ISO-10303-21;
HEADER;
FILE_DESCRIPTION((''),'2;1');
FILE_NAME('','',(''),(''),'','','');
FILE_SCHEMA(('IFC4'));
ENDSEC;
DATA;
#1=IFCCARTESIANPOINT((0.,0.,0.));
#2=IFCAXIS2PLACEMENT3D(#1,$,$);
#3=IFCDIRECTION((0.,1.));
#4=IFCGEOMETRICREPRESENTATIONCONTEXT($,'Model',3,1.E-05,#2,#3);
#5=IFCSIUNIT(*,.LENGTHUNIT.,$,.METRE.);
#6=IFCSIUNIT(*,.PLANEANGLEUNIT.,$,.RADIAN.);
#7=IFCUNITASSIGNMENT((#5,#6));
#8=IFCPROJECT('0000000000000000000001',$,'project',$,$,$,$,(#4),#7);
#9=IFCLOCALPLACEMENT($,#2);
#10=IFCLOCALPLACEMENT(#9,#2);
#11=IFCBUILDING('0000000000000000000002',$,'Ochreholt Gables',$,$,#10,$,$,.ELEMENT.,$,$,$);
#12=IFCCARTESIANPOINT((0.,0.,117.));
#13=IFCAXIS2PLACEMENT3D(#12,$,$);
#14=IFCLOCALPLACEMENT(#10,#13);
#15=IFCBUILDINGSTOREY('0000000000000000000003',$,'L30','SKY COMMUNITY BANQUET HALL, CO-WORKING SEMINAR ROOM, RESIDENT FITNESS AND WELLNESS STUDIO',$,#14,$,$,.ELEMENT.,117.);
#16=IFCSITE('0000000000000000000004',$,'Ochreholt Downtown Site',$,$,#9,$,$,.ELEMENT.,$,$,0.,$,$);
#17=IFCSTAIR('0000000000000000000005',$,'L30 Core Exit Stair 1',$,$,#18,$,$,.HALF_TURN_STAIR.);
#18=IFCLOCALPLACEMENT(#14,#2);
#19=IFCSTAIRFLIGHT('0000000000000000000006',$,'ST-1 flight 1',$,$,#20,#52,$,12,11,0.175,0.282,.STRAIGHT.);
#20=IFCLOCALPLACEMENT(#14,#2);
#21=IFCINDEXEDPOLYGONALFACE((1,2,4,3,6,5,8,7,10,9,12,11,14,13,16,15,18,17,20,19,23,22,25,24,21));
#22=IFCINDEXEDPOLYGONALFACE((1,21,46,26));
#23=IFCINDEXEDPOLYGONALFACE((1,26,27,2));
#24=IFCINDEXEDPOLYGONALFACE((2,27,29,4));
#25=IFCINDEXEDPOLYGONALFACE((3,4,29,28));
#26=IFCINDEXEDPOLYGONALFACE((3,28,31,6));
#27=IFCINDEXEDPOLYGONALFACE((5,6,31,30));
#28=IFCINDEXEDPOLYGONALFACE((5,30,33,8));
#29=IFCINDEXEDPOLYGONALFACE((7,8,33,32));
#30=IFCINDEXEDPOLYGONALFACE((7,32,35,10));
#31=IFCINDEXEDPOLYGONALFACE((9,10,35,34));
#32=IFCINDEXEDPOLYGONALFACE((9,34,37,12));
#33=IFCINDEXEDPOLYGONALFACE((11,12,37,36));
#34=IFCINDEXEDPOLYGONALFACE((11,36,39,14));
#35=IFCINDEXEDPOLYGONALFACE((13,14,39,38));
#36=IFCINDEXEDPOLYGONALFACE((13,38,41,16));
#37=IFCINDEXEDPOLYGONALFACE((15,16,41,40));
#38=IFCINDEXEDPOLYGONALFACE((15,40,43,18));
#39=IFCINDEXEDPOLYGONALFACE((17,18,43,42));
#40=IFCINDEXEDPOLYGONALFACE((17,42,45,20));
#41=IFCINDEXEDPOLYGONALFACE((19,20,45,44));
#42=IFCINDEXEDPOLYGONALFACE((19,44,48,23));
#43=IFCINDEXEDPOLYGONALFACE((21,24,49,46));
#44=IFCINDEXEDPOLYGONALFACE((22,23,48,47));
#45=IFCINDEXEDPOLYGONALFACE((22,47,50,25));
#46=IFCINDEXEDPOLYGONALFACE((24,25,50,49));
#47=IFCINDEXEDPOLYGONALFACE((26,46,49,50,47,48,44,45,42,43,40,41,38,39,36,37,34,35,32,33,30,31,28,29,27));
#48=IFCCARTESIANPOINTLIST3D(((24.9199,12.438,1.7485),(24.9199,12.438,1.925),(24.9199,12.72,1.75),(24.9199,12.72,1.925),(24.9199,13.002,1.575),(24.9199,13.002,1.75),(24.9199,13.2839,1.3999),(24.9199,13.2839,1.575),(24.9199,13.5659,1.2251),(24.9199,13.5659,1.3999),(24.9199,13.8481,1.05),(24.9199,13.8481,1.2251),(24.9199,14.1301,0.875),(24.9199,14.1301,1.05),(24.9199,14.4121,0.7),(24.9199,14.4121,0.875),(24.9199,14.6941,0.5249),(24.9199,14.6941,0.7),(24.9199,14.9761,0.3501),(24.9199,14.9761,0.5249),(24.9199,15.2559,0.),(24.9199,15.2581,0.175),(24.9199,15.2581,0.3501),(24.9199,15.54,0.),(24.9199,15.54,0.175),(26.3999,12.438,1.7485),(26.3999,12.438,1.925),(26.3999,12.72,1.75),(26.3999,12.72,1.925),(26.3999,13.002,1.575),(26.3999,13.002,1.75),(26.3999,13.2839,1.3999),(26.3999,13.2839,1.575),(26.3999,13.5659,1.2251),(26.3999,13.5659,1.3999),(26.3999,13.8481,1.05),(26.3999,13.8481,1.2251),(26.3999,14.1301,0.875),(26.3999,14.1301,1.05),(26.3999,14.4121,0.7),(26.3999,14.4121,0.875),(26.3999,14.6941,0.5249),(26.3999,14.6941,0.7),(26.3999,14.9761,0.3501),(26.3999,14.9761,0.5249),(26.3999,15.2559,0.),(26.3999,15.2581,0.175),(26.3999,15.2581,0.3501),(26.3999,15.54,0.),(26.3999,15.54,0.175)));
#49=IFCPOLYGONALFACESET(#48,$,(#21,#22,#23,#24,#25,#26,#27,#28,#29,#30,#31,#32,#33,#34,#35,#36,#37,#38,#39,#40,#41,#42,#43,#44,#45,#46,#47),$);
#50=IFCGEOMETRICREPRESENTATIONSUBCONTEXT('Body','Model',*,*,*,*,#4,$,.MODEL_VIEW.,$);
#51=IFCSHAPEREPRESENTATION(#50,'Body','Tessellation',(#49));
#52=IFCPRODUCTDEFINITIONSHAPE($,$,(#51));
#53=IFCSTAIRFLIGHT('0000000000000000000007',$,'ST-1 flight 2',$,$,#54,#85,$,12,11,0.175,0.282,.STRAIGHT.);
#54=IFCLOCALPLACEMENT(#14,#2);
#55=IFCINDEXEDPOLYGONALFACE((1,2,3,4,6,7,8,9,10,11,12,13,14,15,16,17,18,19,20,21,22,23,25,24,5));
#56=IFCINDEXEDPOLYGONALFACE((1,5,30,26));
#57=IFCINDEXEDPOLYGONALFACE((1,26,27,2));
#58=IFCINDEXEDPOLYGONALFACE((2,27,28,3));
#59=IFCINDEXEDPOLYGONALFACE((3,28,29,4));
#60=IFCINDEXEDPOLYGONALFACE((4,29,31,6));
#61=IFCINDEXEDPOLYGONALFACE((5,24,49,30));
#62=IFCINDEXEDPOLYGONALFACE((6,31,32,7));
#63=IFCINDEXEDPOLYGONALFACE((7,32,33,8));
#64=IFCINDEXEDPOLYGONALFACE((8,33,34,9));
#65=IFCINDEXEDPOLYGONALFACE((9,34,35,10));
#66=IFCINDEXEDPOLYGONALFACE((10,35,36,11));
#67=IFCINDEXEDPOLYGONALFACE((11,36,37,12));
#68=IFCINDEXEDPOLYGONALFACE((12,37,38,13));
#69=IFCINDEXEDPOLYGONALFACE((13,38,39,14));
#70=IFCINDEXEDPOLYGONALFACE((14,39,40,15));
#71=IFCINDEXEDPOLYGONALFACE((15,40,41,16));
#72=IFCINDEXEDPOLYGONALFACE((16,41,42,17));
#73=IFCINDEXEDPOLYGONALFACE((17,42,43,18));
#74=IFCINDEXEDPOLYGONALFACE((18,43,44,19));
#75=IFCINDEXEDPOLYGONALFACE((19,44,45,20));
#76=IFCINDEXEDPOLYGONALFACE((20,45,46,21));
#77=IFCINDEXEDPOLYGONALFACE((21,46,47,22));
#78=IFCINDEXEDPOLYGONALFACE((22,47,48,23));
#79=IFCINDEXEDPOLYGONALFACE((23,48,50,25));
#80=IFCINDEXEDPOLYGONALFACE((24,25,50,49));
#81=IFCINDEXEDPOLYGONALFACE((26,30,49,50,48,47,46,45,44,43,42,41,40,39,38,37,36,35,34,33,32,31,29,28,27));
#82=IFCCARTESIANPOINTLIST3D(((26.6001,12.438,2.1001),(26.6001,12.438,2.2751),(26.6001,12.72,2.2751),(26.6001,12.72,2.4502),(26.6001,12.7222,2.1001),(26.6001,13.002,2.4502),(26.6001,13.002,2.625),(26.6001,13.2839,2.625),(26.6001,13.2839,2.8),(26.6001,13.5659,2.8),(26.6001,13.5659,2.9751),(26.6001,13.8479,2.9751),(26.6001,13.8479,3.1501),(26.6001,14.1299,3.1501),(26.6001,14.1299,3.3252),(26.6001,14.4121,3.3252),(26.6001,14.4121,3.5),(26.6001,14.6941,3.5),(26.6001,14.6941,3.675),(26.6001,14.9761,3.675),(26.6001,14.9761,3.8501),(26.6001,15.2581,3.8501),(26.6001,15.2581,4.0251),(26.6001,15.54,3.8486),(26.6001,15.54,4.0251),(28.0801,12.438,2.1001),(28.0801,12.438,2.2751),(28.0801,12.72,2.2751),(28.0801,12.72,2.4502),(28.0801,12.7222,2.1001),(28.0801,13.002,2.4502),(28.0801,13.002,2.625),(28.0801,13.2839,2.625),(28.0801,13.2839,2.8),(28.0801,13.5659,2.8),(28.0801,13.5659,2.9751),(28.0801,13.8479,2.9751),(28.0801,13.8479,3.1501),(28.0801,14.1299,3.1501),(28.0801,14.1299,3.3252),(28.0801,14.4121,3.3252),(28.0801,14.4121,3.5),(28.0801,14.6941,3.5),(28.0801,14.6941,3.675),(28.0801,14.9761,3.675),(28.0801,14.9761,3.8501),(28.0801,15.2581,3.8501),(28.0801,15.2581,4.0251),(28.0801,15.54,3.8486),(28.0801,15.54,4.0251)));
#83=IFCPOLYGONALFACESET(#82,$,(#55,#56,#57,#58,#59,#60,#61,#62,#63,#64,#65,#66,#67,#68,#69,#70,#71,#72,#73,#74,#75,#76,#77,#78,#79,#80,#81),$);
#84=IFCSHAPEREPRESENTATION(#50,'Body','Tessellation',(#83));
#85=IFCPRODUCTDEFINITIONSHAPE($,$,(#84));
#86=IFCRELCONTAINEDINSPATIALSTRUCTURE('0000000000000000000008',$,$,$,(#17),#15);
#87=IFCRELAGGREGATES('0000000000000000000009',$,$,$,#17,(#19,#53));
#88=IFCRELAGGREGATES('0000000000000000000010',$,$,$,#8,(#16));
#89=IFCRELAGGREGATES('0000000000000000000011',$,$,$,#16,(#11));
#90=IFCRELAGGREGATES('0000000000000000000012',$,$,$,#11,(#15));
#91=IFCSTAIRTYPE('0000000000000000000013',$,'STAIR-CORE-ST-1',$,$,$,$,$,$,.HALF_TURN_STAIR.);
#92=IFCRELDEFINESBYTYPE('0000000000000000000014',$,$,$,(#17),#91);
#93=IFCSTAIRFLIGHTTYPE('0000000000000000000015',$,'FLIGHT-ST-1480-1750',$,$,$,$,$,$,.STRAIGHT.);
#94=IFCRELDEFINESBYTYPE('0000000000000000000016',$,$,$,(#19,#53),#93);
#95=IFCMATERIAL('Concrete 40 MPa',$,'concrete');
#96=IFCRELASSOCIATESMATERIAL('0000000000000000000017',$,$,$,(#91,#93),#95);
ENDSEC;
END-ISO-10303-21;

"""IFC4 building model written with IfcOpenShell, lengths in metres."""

from ifc_helpers import new_model, si_unit, direction, frame, origin, place, context, subcontext, project, spatial, polyline, outline, extrude, material, type_object, element, aggregate, save


model = new_model("IFC4")

# Units and contexts
model_context = context("Model", 3, precision=1e-05, world=origin(), true_north=direction((0.0, 1.0)))
body_context = subcontext(model_context, "Body", "Model", "MODEL_VIEW")
ifc_project = project(units=[si_unit("LENGTHUNIT", "METRE"), si_unit("PLANEANGLEUNIT", "RADIAN")], contexts=[model_context])

# Site, building, storey
site_placement = place(None, origin())
site = spatial("IfcSite", under=ifc_project, at=site_placement, Name="Ochreholt Downtown Site", CompositionType="ELEMENT", RefElevation=0.0)
building_placement = place(site_placement, origin())
building = spatial("IfcBuilding", under=site, at=building_placement, Name="Ochreholt Gables", CompositionType="ELEMENT")
storey_placement = place(building_placement, frame((0.0, 0.0, 117.0)))
storey = spatial("IfcBuildingStorey", under=building, at=storey_placement, Name="L30", Description="SKY COMMUNITY BANQUET HALL, CO-WORKING SEMINAR ROOM, RESIDENT FITNESS AND WELLNESS STUDIO", CompositionType="ELEMENT", Elevation=117.0)

# Shared definitions
ifc_material_1 = material(Name="Concrete 40 MPa", Category="concrete")

# Stair, stair flights
stair_type = type_object("IfcStairType", Name="STAIR-CORE-ST-1", PredefinedType="HALF_TURN_STAIR", material=ifc_material_1)
stair_placement = place(storey_placement, origin())
stair = element("IfcStair", 1, at=stair_placement, inside=storey, type_object=stair_type, Name="L30 Core Exit Stair 1", PredefinedType="HALF_TURN_STAIR")
stair_flight_type = type_object("IfcStairFlightType", Name="FLIGHT-ST-1480-1750", PredefinedType="STRAIGHT", material=ifc_material_1)
stair_flight_1_placement = place(storey_placement, frame((25.6599, 15.54, 0.0), z_axis=(0.0, 0.0, 1.0), x_axis=(0.0, -1.0, 0.0)))
stair_flight_1 = element("IfcStairFlight", 2, at=stair_flight_1_placement, type_object=stair_flight_type, Name="ST-1 flight 1", NumberOfRisers=12, NumberOfTreads=11, PredefinedType="STRAIGHT", RiserHeight=0.175, TreadLength=0.282, context=body_context, shape_type="SweptSolid", body=[
    extrude(outline(polyline([(0.0, 0.0), (0.0, 0.175), (0.282, 0.175), (0.282, 0.3501), (0.564, 0.3501), (0.564, 0.5249), (0.8459, 0.5249), (0.8459, 0.7), (1.1279, 0.7), (1.1279, 0.875), (1.4099, 0.875), (1.4099, 1.05), (1.6919, 1.05), (1.6919, 1.2251), (1.9741, 1.2251), (1.9741, 1.3999), (2.2561, 1.3999), (2.2561, 1.575), (2.5381, 1.575), (2.5381, 1.75), (2.8201, 1.75), (2.8201, 1.925), (3.1021, 1.925), (3.1021, 2.1001), (3.1021, 1.7485), (0.2842, 0.0), (0.0, 0.0)])), frame((0.0, 0.74, 0.0), z_axis=(0.0, -1.0, 0.0), x_axis=(1.0, 0.0, 0.0)), (0.0, 0.0, 1.0), 1.48),
])
stair_flight_2_placement = place(storey_placement, frame((27.3401, 12.438, 2.1001), z_axis=(0.0, 0.0, 1.0), x_axis=(0.0, 1.0, 0.0)))
stair_flight_2 = element("IfcStairFlight", 3, at=stair_flight_2_placement, type_object=stair_flight_type, Name="ST-1 flight 2", NumberOfRisers=12, NumberOfTreads=11, PredefinedType="STRAIGHT", RiserHeight=0.175, TreadLength=0.282, context=body_context, shape_type="SweptSolid", body=[
    extrude(outline(polyline([(0.0, 0.0), (0.0, 0.175), (0.282, 0.175), (0.282, 0.3501), (0.564, 0.3501), (0.564, 0.5249), (0.8459, 0.5249), (0.8459, 0.7), (1.1279, 0.7), (1.1279, 0.875), (1.4099, 0.875), (1.4099, 1.05), (1.6919, 1.05), (1.6919, 1.2251), (1.9741, 1.2251), (1.9741, 1.3999), (2.2561, 1.3999), (2.2561, 1.575), (2.5381, 1.575), (2.5381, 1.75), (2.8201, 1.75), (2.8201, 1.925), (3.1021, 1.925), (3.1021, 2.1001), (3.1021, 1.7485), (0.2842, 0.0), (0.0, 0.0)])), frame((0.0, 0.74, 0.0), z_axis=(0.0, -1.0, 0.0), x_axis=(1.0, 0.0, 0.0)), (0.0, 0.0, 1.0), 1.48),
])
aggregate(stair, [stair_flight_1, stair_flight_2])

save(model, "model.ifc")
